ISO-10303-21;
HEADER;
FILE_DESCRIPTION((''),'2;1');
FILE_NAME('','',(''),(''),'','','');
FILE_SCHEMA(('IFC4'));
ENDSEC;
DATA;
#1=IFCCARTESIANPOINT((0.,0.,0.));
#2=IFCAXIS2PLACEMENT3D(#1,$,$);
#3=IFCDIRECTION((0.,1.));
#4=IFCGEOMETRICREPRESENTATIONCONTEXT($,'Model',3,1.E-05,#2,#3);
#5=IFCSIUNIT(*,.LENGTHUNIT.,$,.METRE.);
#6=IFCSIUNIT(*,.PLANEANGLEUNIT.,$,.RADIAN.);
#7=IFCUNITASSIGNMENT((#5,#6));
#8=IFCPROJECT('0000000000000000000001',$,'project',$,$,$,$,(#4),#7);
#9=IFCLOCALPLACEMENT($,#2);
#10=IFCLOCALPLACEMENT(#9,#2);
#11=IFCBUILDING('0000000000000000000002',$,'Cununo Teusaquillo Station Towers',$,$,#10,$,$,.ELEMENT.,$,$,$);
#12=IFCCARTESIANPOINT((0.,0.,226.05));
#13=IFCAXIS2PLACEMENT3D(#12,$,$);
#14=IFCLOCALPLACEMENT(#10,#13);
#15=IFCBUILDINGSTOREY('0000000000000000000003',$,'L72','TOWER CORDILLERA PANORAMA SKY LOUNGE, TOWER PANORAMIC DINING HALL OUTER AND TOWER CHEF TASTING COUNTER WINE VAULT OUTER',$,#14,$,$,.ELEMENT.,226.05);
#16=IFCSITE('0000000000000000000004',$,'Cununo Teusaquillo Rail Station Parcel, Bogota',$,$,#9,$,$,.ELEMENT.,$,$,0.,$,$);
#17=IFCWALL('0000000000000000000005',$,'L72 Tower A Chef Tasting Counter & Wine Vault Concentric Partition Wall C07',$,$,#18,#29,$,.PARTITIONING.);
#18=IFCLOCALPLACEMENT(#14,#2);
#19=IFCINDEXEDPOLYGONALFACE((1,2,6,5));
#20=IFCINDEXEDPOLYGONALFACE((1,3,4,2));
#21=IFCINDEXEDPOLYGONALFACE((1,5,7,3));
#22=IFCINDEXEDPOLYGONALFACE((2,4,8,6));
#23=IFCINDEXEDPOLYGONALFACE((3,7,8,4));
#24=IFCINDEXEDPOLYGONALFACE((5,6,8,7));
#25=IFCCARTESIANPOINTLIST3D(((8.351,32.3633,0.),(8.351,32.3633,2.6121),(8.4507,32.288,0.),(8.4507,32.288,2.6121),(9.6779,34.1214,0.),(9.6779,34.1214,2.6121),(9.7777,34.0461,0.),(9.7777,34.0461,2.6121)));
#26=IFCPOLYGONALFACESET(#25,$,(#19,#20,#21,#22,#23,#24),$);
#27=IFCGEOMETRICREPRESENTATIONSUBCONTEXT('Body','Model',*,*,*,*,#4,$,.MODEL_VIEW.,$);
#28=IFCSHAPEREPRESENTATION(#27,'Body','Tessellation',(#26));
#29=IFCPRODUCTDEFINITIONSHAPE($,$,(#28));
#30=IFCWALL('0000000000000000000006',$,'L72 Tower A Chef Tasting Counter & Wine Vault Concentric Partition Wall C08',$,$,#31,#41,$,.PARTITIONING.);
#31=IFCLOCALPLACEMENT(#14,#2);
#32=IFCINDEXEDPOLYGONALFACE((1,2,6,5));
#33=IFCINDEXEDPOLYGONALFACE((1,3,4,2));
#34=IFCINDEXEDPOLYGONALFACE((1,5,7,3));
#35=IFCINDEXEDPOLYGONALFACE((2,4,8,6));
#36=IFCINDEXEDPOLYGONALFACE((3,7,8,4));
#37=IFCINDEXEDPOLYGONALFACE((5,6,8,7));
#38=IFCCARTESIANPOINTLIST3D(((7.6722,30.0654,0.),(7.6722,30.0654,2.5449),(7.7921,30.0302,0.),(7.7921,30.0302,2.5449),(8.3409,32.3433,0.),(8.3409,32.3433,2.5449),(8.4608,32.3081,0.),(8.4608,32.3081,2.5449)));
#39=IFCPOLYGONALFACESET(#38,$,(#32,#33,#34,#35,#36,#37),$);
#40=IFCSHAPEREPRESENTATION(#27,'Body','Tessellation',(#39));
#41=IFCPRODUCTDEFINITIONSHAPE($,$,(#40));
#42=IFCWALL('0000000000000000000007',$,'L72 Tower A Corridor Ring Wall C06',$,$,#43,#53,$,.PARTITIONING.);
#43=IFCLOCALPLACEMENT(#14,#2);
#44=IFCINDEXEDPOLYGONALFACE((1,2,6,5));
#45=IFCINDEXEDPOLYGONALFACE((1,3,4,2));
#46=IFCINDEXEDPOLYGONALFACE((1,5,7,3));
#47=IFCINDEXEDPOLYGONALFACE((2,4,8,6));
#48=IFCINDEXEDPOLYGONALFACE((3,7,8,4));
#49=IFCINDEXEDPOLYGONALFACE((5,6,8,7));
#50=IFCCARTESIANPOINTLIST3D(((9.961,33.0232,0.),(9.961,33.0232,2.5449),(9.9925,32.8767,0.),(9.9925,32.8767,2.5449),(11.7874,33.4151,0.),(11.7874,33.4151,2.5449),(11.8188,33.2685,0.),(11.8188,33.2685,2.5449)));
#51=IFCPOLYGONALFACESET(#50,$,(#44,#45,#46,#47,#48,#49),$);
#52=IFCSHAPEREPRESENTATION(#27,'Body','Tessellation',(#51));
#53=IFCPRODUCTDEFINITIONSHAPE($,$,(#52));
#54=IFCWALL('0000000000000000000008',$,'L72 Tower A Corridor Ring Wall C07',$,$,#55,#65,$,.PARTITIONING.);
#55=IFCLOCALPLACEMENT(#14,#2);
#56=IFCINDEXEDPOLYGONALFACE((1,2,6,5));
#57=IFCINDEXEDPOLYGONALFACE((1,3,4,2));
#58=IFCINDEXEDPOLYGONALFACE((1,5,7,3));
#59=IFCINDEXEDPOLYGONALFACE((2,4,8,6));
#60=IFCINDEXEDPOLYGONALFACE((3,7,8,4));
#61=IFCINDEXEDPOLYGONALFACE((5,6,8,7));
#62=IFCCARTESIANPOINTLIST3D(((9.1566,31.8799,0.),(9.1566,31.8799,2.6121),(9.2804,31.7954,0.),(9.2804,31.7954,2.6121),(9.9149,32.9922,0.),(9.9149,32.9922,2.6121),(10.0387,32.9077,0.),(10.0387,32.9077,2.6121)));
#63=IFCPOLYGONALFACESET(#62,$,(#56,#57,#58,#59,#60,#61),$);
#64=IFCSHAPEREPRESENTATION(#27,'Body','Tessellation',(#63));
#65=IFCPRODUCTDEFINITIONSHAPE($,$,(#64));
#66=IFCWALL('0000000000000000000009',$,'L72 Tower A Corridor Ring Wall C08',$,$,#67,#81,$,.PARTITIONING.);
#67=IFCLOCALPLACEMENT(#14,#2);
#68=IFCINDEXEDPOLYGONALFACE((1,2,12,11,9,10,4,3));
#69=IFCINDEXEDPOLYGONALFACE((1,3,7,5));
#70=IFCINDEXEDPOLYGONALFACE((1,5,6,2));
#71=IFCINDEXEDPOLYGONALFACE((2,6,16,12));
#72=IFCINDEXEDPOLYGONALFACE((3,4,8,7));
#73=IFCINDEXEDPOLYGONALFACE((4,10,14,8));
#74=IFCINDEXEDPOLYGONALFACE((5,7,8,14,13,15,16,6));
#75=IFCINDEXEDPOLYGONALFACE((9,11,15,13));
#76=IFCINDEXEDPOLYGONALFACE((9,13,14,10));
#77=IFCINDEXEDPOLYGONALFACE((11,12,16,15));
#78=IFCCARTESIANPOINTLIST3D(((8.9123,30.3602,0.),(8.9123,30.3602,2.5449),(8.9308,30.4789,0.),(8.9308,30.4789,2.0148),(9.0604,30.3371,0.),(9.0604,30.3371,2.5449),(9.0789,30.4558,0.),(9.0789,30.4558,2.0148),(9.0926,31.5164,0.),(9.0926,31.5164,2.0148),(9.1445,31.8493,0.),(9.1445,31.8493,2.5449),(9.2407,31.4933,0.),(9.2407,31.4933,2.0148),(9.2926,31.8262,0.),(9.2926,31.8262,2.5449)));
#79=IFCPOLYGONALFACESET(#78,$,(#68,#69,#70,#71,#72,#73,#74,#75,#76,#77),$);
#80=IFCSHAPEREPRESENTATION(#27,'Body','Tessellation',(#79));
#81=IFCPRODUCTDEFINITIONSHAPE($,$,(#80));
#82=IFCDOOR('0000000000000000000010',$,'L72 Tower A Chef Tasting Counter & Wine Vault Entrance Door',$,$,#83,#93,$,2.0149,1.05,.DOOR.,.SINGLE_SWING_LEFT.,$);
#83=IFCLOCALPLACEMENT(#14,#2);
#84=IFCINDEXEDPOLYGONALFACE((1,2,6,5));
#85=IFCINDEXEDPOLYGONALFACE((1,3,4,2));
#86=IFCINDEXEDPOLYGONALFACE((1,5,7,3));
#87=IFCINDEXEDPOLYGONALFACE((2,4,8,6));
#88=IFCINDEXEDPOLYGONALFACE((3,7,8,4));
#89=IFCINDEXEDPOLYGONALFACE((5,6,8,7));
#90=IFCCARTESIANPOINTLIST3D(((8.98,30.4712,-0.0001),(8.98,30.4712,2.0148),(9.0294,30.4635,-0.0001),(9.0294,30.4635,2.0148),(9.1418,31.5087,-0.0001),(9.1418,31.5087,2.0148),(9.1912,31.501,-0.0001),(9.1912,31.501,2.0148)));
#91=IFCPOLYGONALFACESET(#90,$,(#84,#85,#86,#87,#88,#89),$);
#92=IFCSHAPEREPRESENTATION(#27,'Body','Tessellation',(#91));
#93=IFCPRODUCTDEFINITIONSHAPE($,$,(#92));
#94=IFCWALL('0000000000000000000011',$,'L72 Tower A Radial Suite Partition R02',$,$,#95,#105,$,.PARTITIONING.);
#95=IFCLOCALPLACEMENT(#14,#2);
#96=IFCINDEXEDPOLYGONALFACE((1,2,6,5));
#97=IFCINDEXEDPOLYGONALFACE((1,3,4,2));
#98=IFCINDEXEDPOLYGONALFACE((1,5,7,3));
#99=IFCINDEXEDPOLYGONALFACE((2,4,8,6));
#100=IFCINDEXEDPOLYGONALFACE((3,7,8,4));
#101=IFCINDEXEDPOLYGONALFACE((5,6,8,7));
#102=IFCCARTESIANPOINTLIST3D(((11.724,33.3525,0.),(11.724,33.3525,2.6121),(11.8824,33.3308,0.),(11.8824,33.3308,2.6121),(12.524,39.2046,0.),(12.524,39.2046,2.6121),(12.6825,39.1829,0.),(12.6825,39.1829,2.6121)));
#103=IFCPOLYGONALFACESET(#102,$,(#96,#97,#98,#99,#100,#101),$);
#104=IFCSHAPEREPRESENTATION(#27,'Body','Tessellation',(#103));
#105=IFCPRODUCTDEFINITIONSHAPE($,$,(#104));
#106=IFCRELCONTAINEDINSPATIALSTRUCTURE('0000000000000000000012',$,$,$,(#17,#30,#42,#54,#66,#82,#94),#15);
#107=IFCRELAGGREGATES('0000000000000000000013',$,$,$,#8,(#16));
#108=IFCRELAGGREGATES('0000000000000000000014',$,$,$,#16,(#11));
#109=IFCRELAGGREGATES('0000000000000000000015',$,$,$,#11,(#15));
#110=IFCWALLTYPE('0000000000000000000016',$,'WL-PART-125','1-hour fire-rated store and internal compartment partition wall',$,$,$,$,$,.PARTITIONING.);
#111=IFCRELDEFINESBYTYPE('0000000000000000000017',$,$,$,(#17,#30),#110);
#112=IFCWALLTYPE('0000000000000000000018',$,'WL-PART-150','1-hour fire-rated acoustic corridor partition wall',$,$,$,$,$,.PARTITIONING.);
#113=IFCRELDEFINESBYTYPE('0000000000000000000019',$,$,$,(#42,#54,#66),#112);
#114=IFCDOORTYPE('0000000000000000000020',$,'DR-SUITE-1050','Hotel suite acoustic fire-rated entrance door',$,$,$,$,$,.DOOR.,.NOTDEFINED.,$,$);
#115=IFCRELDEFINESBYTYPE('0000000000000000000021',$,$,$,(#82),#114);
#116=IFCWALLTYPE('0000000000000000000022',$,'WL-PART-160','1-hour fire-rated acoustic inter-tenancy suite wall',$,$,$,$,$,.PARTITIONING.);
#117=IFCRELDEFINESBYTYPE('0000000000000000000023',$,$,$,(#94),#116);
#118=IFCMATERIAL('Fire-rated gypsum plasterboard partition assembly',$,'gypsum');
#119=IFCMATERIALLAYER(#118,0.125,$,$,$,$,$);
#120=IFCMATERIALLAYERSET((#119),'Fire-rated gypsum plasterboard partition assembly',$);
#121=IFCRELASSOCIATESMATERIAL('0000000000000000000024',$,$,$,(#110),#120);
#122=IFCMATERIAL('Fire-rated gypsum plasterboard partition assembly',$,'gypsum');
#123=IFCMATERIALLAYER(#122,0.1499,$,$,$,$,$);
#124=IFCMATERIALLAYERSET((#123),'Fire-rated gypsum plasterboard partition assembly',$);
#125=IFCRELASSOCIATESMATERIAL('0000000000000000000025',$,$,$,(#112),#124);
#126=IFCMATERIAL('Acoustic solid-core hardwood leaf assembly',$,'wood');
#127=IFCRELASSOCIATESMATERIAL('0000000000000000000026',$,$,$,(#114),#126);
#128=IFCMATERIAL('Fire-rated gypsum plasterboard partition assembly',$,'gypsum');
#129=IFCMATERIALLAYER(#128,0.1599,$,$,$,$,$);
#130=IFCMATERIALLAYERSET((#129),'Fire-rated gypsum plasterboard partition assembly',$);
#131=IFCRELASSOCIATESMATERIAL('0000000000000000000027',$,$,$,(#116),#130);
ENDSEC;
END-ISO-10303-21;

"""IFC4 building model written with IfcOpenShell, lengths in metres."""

from ifc_helpers import new_model, si_unit, direction, frame, frame_2d, origin, place, context, subcontext, project, spatial, rectangle, extrude, source, transform, mapped, material, layer, layer_set, type_object, element, fill, save


model = new_model("IFC4")

# Units and contexts
model_context = context("Model", 3, precision=1e-05, world=origin(), true_north=direction((0.0, 1.0)))
body_context = subcontext(model_context, "Body", "Model", "MODEL_VIEW")
ifc_project = project(units=[si_unit("LENGTHUNIT", "METRE"), si_unit("PLANEANGLEUNIT", "RADIAN")], contexts=[model_context])

# Site, building, storey
site_placement = place(None, origin())
site = spatial("IfcSite", under=ifc_project, at=site_placement, Name="Cununo Teusaquillo Rail Station Parcel, Bogota", CompositionType="ELEMENT", RefElevation=0.0)
building_placement = place(site_placement, origin())
building = spatial("IfcBuilding", under=site, at=building_placement, Name="Cununo Teusaquillo Station Towers", CompositionType="ELEMENT")
storey_placement = place(building_placement, frame((0.0, 0.0, 226.05)))
storey = spatial("IfcBuildingStorey", under=building, at=storey_placement, Name="L72", Description="TOWER CORDILLERA PANORAMA SKY LOUNGE, TOWER PANORAMIC DINING HALL OUTER AND TOWER CHEF TASTING COUNTER WINE VAULT OUTER", CompositionType="ELEMENT", Elevation=226.05)

# Walls
ifc_material_1 = material(Name="Fire-rated gypsum plasterboard partition assembly", Category="gypsum")
ifc_layer_1 = layer(ifc_material_1, 0.125)
ifc_layer_set_1 = layer_set([ifc_layer_1], Name="Fire-rated gypsum plasterboard partition assembly")
wall_type_1 = type_object("IfcWallType", Name="WL-PART-125", Description="1-hour fire-rated store and internal compartment partition wall", PredefinedType="PARTITIONING", material=ifc_layer_set_1)
wall_1_placement = place(storey_placement, frame((9.7278, 34.0837, 0.0), z_axis=(0.0, 0.0, 1.0), x_axis=(-0.602427, -0.798174, 0.0)))
element("IfcWall", 1, at=wall_1_placement, inside=storey, type_object=wall_type_1, Name="L72 Tower A Chef Tasting Counter & Wine Vault Concentric Partition Wall C07", PredefinedType="PARTITIONING", context=body_context, shape_type="SweptSolid", body=[
    extrude(rectangle(XDim=2.2026, YDim=0.125, at=frame_2d((1.1013, 0.0))), origin(), (0.0, 0.0, 1.0), 2.6121),
])
wall_2_placement = place(storey_placement, frame((8.4009, 32.3257, 0.0), z_axis=(0.0, 0.0, 1.0), x_axis=(-0.281682, -0.959508, 0.0)))
element("IfcWall", 2, at=wall_2_placement, inside=storey, type_object=wall_type_1, Name="L72 Tower A Chef Tasting Counter & Wine Vault Concentric Partition Wall C08", PredefinedType="PARTITIONING", context=body_context, shape_type="SweptSolid", body=[
    extrude(rectangle(XDim=2.374, YDim=0.125, at=frame_2d((1.187, 0.0))), origin(), (0.0, 0.0, 1.0), 2.5449),
])
ifc_material_2 = material(Name="Fire-rated gypsum plasterboard partition assembly", Category="gypsum")
ifc_layer_2 = layer(ifc_material_2, 0.1499)
ifc_layer_set_2 = layer_set([ifc_layer_2], Name="Fire-rated gypsum plasterboard partition assembly")
wall_type_2 = type_object("IfcWallType", Name="WL-PART-150", Description="1-hour fire-rated acoustic corridor partition wall", PredefinedType="PARTITIONING", material=ifc_layer_set_2)
wall_3_placement = place(storey_placement, frame((11.8032, 33.3418, 0.0), z_axis=(0.0, 0.0, 1.0), x_axis=(-0.977751, -0.20977, 0.0)))
element("IfcWall", 3, at=wall_3_placement, inside=storey, type_object=wall_type_2, Name="L72 Tower A Corridor Ring Wall C06", PredefinedType="PARTITIONING", context=body_context, shape_type="SweptSolid", body=[
    extrude(rectangle(XDim=1.8679, YDim=0.1499, at=frame_2d((0.9341, 0.0))), origin(), (0.0, 0.0, 1.0), 2.5449),
])
wall_4_placement = place(storey_placement, frame((9.9768, 32.95, 0.0), z_axis=(0.0, 0.0, 1.0), x_axis=(-0.563292, -0.826258, 0.0)))
element("IfcWall", 4, at=wall_4_placement, inside=storey, type_object=wall_type_2, Name="L72 Tower A Corridor Ring Wall C07", PredefinedType="PARTITIONING", context=body_context, shape_type="SweptSolid", body=[
    extrude(rectangle(XDim=1.3462, YDim=0.1499, at=frame_2d((0.6731, 0.0))), origin(), (0.0, 0.0, 1.0), 2.6121),
])

# Wall, opening, door
wall_5_placement = place(storey_placement, frame((9.2185, 31.8376, 0.0), z_axis=(0.0, 0.0, 1.0), x_axis=(-0.154066, -0.988061, 0.0)))
wall_5 = element("IfcWall", 5, at=wall_5_placement, inside=storey, type_object=wall_type_2, Name="L72 Tower A Corridor Ring Wall C08", PredefinedType="PARTITIONING", context=body_context, shape_type="SweptSolid", body=[
    extrude(rectangle(XDim=1.5071, YDim=0.1499, at=frame_2d((0.7534, 0.0))), origin(), (0.0, 0.0, 1.0), 2.5449),
])
shared_shape_1 = source(origin(), body_context, "Body", "SweptSolid", [
    extrude(rectangle(XDim=1.05, YDim=2.0149, at=frame_2d((0.5249, 1.0073))), frame((0.0, 0.085, 0.0), z_axis=(0.0, -1.0, 0.0), x_axis=(1.0, 0.0, 0.0)), (0.0, 0.0, 1.0), 0.1699),
])
opening_1_placement = place(wall_5_placement, frame((0.3369, 0.0, 0.0)))
opening_1 = element("IfcOpeningElement", 6, at=opening_1_placement, cuts=wall_5, PredefinedType="OPENING", context=body_context, shape_type="MappedRepresentation", body=[
    mapped(shared_shape_1, transform((0.0, 0.0, 0.0), x_axis=(1.0, 0.0, 0.0), y_axis=(0.0, 1.0, 0.0), z_axis=(0.0, 0.0, 1.0), scale=1.0)),
])
ifc_material_3 = material(Name="Acoustic solid-core hardwood leaf assembly", Category="wood")
door_type = type_object("IfcDoorType", Name="DR-SUITE-1050", Description="Hotel suite acoustic fire-rated entrance door", OperationType="NOTDEFINED", PredefinedType="DOOR", material=ifc_material_3)
shared_shape_2 = source(origin(), body_context, "Body", "SweptSolid", [
    extrude(rectangle(XDim=1.05, YDim=2.0149, at=frame_2d((0.5249, 1.0073))), frame((0.0, 0.0249, 0.0), z_axis=(0.0, -1.0, 0.0), x_axis=(1.0, 0.0, 0.0)), (0.0, 0.0, 1.0), 0.05),
])
door_placement = place(opening_1_placement, origin())
door = element("IfcDoor", 7, at=door_placement, inside=storey, type_object=door_type, Name="L72 Tower A Chef Tasting Counter & Wine Vault Entrance Door", OperationType="SINGLE_SWING_LEFT", OverallHeight=2.0149, OverallWidth=1.05, PredefinedType="DOOR", context=body_context, shape_type="MappedRepresentation", body=[
    mapped(shared_shape_2, transform((0.0, 0.0, 0.0), x_axis=(1.0, 0.0, 0.0), y_axis=(0.0, 1.0, 0.0), z_axis=(0.0, 0.0, 1.0), scale=1.0)),
])
fill(opening_1, door)

# Wall
ifc_material_4 = material(Name="Fire-rated gypsum plasterboard partition assembly", Category="gypsum")
ifc_layer_3 = layer(ifc_material_4, 0.1599)
ifc_layer_set_3 = layer_set([ifc_layer_3], Name="Fire-rated gypsum plasterboard partition assembly")
wall_type_3 = type_object("IfcWallType", Name="WL-PART-160", Description="1-hour fire-rated acoustic inter-tenancy suite wall", PredefinedType="PARTITIONING", material=ifc_layer_set_3)
wall_6_placement = place(storey_placement, frame((11.8032, 33.3418, 0.0), z_axis=(0.0, 0.0, 1.0), x_axis=(0.135453, 0.990784, 0.0)))
element("IfcWall", 8, at=wall_6_placement, inside=storey, type_object=wall_type_3, Name="L72 Tower A Radial Suite Partition R02", PredefinedType="PARTITIONING", context=body_context, shape_type="SweptSolid", body=[
    extrude(rectangle(XDim=5.9065, YDim=0.1599, at=frame_2d((2.9531, 0.0))), origin(), (0.0, 0.0, 1.0), 2.6121),
])

save(model, "model.ifc")
